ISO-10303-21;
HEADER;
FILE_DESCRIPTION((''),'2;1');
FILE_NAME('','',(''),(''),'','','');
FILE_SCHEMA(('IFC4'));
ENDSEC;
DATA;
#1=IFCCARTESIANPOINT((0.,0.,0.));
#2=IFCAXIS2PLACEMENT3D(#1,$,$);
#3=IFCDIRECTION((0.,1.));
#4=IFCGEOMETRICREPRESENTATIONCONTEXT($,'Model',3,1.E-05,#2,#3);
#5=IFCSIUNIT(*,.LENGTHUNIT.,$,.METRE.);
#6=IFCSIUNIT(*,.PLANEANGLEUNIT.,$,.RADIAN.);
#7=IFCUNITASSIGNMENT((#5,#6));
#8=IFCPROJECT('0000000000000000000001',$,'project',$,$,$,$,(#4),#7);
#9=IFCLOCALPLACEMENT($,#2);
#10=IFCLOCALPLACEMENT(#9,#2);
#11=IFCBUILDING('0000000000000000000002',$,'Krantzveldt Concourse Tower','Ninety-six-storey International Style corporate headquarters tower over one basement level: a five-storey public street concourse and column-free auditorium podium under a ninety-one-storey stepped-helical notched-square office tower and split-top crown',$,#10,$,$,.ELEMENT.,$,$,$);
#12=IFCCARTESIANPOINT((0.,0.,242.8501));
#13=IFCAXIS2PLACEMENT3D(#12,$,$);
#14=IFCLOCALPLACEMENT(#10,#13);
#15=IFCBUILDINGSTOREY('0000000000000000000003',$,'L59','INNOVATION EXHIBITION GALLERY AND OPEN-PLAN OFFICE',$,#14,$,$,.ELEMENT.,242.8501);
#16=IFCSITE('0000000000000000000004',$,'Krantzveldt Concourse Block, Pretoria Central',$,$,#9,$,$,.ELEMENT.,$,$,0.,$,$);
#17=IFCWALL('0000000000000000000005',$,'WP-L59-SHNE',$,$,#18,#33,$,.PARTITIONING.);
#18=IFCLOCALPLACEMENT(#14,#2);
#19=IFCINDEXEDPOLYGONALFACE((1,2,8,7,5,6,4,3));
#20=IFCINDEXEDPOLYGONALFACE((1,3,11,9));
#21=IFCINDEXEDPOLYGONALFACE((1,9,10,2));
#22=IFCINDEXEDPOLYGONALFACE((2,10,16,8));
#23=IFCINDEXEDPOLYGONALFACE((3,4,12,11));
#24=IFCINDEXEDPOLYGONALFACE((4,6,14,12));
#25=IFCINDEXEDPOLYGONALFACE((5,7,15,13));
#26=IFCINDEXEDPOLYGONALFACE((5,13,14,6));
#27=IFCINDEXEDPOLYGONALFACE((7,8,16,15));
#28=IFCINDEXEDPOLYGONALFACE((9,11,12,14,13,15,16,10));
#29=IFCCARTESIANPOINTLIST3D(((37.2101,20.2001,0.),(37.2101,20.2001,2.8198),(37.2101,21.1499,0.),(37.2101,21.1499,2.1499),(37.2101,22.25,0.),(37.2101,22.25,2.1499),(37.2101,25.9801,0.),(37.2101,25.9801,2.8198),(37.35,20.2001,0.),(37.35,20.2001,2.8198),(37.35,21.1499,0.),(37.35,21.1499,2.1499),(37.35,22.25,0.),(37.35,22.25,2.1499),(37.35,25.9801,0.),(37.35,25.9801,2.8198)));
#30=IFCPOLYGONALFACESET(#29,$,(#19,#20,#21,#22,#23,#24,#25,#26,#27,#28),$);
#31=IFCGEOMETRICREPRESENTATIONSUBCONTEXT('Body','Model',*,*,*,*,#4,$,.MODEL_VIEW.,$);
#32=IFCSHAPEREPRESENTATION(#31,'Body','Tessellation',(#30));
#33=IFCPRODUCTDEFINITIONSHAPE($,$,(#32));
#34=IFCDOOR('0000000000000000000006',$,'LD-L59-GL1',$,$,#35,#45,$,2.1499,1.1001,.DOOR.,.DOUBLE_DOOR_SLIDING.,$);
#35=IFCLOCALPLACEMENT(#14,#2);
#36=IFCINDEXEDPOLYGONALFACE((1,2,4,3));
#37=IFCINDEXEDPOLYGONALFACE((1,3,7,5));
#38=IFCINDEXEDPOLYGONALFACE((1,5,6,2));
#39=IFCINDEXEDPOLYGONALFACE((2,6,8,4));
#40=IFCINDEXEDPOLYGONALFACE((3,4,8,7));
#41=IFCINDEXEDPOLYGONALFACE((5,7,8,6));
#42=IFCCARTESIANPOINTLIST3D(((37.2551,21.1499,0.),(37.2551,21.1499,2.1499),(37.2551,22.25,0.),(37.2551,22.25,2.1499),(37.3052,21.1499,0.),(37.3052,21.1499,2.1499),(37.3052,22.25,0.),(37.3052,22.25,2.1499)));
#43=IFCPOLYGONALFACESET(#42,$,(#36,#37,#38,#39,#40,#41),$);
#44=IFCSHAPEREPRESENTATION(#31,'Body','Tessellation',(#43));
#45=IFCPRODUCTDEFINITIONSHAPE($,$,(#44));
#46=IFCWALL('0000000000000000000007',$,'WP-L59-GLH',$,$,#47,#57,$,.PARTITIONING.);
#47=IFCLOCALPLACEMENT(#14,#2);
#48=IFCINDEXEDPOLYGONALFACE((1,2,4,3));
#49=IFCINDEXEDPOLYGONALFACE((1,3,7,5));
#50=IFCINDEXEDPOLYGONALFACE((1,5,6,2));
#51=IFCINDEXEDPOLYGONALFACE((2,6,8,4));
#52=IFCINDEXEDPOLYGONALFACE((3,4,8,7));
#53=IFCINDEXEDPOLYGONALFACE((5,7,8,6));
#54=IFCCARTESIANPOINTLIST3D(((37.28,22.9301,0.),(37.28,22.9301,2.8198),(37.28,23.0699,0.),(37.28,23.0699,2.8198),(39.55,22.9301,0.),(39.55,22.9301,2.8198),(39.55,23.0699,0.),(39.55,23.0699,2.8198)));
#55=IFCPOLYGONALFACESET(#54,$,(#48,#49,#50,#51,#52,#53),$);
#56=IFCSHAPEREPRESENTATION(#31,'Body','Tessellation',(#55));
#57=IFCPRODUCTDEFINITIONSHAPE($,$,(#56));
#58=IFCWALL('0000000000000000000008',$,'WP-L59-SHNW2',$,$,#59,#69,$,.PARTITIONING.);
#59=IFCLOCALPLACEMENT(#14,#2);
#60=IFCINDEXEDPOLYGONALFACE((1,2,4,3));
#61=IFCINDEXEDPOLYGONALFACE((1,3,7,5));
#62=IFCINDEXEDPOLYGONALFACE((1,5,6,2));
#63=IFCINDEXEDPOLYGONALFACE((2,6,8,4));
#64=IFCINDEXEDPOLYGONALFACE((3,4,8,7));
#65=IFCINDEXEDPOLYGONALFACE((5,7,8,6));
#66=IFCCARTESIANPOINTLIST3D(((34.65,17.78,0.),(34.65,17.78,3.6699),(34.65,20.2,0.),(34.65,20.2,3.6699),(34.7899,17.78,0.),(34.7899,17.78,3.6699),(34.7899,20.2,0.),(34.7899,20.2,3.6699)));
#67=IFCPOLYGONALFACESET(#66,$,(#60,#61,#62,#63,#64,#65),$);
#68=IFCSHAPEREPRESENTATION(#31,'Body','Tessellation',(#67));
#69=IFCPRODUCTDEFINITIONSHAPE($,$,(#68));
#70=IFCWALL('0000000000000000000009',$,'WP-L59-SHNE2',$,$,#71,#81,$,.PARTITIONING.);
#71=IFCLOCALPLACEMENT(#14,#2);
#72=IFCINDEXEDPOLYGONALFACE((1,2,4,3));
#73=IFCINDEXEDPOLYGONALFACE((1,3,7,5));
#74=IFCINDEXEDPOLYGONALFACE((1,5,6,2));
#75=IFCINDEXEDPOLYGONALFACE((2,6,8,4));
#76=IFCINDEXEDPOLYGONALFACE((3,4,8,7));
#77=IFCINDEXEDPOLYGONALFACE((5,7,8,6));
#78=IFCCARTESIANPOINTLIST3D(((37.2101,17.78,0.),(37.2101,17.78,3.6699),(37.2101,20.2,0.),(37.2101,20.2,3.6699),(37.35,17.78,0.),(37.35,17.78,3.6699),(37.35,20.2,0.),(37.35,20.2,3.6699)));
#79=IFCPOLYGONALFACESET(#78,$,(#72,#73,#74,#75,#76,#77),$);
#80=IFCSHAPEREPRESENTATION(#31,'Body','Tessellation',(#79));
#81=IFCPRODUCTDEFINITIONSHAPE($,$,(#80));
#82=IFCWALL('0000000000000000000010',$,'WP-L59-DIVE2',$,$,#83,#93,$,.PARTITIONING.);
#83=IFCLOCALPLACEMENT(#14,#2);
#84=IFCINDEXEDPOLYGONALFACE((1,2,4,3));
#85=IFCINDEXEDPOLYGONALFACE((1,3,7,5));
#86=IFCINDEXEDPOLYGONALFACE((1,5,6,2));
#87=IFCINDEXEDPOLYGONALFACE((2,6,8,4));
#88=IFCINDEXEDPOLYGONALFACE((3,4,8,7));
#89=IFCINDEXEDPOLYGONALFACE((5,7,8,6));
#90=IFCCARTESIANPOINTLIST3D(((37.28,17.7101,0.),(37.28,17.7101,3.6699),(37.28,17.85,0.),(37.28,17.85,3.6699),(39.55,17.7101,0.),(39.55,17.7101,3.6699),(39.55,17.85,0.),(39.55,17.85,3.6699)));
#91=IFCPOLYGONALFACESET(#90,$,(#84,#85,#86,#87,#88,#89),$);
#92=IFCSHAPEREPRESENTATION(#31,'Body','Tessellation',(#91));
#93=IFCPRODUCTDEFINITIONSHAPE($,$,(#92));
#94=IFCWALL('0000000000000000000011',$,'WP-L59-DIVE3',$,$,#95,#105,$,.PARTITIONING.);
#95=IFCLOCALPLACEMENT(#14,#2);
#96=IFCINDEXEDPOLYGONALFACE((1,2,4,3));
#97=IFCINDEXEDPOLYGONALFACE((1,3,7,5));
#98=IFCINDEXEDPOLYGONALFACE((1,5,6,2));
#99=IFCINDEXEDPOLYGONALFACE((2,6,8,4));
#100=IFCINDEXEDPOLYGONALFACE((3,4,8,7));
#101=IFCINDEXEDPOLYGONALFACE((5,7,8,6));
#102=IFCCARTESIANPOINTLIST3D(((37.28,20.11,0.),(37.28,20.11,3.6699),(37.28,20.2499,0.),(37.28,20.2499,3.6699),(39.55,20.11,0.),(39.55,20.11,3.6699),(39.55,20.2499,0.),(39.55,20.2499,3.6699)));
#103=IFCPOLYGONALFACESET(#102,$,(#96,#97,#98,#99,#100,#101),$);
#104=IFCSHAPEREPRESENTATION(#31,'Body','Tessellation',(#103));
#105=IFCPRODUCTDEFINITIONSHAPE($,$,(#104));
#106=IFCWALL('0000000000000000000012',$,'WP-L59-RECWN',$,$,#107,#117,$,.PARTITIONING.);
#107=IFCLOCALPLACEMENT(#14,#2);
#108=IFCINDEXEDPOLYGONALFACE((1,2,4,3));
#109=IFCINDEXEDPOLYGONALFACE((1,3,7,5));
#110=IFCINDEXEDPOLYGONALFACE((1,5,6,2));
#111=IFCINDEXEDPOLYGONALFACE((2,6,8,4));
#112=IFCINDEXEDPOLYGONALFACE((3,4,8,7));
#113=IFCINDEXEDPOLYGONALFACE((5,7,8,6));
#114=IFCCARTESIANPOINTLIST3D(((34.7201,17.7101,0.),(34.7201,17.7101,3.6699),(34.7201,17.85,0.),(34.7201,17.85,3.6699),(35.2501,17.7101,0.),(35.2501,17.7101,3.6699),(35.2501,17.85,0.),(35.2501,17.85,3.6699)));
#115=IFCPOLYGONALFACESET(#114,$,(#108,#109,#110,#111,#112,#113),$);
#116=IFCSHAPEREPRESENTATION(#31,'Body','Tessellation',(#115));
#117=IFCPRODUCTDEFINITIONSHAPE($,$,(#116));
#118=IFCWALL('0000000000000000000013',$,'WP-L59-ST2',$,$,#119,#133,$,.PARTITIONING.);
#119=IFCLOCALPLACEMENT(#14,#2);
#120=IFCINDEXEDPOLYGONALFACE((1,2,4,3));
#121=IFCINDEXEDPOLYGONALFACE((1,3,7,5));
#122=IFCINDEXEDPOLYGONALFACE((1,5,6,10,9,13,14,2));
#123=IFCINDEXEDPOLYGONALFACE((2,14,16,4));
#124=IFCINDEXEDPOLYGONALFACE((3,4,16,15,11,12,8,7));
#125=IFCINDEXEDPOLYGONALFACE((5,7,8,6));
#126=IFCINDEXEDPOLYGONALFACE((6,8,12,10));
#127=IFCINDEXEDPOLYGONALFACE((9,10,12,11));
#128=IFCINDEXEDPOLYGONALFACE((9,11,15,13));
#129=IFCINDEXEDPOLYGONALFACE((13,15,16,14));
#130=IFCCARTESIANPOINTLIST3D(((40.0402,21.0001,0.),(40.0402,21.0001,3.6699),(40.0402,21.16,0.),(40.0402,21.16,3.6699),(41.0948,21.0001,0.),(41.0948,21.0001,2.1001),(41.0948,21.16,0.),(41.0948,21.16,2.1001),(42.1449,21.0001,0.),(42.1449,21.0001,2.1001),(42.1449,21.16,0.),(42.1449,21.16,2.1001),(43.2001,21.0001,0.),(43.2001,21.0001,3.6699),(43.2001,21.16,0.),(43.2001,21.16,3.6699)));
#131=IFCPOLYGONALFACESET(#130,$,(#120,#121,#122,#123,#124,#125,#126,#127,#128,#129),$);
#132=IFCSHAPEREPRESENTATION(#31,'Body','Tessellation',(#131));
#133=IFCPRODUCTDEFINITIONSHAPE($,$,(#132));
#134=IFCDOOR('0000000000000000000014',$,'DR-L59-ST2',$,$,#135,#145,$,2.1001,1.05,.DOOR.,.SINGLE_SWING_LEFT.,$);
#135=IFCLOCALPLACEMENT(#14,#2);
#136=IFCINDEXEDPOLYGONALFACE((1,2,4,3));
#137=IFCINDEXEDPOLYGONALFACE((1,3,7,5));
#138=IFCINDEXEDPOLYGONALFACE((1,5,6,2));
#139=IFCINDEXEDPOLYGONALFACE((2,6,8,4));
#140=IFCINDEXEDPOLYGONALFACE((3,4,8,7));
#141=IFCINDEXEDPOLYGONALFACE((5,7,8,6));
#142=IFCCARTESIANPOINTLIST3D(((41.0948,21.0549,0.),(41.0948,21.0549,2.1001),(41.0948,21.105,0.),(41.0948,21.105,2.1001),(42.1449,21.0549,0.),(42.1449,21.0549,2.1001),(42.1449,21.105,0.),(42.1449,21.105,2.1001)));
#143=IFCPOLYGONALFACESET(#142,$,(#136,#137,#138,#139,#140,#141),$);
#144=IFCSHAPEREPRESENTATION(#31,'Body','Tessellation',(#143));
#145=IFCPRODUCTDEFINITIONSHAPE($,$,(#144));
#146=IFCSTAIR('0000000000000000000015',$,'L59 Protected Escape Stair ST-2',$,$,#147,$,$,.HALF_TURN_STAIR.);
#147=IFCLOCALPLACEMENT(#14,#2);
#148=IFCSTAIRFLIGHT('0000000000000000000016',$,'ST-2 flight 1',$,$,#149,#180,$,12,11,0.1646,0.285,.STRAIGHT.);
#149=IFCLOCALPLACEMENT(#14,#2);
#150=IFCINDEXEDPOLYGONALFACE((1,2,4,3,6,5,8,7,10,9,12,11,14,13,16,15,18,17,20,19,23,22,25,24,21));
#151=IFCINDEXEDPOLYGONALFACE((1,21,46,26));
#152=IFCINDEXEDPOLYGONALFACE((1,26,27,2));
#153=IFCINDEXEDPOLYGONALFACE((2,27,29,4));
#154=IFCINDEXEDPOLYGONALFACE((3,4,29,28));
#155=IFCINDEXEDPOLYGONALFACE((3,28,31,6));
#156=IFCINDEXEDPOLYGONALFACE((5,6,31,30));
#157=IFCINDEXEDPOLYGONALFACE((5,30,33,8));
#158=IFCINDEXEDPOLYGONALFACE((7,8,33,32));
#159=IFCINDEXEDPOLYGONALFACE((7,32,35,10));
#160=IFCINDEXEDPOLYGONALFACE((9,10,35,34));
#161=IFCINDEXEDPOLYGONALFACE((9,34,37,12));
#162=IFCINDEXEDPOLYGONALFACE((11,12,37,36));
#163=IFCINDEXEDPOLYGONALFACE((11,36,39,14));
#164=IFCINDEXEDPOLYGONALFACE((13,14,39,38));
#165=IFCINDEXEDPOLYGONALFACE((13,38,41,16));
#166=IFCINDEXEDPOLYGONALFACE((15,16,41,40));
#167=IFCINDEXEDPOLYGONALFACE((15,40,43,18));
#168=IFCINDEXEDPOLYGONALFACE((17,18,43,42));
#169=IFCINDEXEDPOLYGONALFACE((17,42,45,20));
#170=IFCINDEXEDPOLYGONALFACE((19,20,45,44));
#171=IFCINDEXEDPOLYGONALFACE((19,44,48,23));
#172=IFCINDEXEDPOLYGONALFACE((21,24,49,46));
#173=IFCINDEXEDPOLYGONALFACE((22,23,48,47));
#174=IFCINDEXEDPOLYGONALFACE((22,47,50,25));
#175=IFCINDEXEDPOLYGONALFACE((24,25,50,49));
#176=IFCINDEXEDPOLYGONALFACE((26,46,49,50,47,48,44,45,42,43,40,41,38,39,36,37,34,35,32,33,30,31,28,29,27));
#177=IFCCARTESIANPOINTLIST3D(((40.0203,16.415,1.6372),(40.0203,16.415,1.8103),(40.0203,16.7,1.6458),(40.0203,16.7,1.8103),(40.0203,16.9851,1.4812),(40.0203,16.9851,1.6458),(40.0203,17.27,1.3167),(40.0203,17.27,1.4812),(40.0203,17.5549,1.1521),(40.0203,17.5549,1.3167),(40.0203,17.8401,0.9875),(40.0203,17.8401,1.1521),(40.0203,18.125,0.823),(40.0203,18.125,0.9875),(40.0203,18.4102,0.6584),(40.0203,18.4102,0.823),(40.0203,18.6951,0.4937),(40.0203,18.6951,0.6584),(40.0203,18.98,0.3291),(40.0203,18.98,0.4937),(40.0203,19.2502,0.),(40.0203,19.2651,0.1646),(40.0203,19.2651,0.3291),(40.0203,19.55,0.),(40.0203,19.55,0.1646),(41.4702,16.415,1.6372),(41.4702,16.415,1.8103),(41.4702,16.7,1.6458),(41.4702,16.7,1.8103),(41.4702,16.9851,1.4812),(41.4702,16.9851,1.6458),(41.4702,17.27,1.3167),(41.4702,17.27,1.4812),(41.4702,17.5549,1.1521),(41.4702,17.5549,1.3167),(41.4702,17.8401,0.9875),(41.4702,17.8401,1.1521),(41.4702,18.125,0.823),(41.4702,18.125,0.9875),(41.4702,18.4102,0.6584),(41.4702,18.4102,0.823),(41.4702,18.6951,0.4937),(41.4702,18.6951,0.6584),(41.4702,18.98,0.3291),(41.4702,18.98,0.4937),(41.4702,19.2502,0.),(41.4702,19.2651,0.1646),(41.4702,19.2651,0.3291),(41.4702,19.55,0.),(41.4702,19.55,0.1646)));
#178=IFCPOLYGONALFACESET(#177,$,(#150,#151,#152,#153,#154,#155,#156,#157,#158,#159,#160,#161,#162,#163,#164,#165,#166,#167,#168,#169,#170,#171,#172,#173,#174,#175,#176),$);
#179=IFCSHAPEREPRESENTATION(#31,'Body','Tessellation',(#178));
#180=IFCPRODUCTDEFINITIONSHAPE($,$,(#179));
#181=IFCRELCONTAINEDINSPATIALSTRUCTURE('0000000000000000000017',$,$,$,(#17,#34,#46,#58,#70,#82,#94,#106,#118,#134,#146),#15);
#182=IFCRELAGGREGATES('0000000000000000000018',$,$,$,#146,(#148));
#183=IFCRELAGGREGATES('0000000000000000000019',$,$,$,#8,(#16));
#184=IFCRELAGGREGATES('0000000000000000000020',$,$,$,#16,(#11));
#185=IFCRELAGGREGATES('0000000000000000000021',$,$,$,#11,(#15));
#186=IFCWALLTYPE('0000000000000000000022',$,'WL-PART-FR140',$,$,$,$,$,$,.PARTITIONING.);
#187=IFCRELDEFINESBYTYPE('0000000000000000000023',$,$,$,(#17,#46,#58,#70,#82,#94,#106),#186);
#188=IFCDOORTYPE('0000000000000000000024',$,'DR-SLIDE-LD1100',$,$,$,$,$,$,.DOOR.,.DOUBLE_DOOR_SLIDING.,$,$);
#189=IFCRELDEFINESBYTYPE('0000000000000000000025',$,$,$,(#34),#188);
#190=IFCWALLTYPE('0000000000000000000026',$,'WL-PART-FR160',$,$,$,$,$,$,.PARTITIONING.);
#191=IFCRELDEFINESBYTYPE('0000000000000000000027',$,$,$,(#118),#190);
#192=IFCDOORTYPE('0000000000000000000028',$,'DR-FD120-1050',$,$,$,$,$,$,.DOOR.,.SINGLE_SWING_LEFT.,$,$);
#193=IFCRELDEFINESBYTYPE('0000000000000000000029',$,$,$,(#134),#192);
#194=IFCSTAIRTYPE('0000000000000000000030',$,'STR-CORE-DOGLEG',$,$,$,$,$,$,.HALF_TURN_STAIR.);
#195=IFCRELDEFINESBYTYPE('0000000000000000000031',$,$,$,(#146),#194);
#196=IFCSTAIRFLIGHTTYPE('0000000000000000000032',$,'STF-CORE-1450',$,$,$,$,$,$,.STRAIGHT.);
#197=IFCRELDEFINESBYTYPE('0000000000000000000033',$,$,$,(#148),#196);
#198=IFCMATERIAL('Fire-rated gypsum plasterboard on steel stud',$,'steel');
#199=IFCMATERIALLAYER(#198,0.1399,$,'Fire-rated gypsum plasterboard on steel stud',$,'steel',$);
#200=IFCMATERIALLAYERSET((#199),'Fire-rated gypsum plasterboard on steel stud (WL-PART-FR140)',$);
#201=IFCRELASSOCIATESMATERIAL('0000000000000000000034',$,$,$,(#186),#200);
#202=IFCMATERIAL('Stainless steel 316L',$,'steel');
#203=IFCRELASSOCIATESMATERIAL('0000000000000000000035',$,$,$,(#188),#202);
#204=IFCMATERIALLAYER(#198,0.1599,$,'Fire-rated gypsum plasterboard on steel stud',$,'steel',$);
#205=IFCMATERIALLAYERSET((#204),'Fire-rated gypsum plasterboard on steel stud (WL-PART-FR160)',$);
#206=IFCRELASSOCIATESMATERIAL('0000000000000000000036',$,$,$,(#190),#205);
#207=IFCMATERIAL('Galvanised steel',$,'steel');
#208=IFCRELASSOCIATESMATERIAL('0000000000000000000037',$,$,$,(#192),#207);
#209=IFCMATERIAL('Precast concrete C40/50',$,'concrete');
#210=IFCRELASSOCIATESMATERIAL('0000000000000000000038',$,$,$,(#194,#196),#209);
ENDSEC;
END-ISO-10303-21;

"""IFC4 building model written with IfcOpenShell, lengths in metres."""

from ifc_helpers import new_model, si_unit, direction, frame, frame_2d, origin, place, context, subcontext, project, spatial, polyline, rectangle, outline, extrude, material, layer, layer_set, type_object, element, fill, aggregate, save


model = new_model("IFC4")

# Units and contexts
model_context = context("Model", 3, precision=1e-05, world=origin(), true_north=direction((0.0, 1.0)))
body_context = subcontext(model_context, "Body", "Model", "MODEL_VIEW")
ifc_project = project(units=[si_unit("LENGTHUNIT", "METRE"), si_unit("PLANEANGLEUNIT", "RADIAN")], contexts=[model_context])

# Site, building, storey
site_placement = place(None, origin())
site = spatial("IfcSite", under=ifc_project, at=site_placement, Name="Krantzveldt Concourse Block, Pretoria Central", CompositionType="ELEMENT", RefElevation=0.0)
building_placement = place(site_placement, origin())
building = spatial("IfcBuilding", under=site, at=building_placement, Name="Krantzveldt Concourse Tower", Description="Ninety-six-storey International Style corporate headquarters tower over one basement level: a five-storey public street concourse and column-free auditorium podium under a ninety-one-storey stepped-helical notched-square office tower and split-top crown", CompositionType="ELEMENT")
storey_placement = place(building_placement, frame((0.0, 0.0, 242.8501)))
storey = spatial("IfcBuildingStorey", under=building, at=storey_placement, Name="L59", Description="INNOVATION EXHIBITION GALLERY AND OPEN-PLAN OFFICE", CompositionType="ELEMENT", Elevation=242.8501)

# Wall, opening, door
ifc_material_1 = material(Name="Fire-rated gypsum plasterboard on steel stud", Category="steel")
ifc_layer_1 = layer(ifc_material_1, 0.1399, Name="Fire-rated gypsum plasterboard on steel stud", Category="steel")
ifc_layer_set_1 = layer_set([ifc_layer_1], Name="Fire-rated gypsum plasterboard on steel stud (WL-PART-FR140)")
wall_type_1 = type_object("IfcWallType", Name="WL-PART-FR140", PredefinedType="PARTITIONING", material=ifc_layer_set_1)
wall_1_placement = place(storey_placement, frame((37.28, 20.2, 0.0), z_axis=(0.0, 0.0, 1.0), x_axis=(0.0, 1.0, 0.0)))
wall_1 = element("IfcWall", 1, at=wall_1_placement, inside=storey, type_object=wall_type_1, Name="WP-L59-SHNE", PredefinedType="PARTITIONING", context=body_context, shape_type="SweptSolid", body=[
    extrude(rectangle(XDim=5.78, YDim=0.1399, at=frame_2d((2.8901, 0.0))), origin(), (0.0, 0.0, 1.0), 2.8198),
])
opening_1_placement = place(wall_1_placement, frame((0.95, 0.0, 0.0)))
opening_1 = element("IfcOpeningElement", 2, at=opening_1_placement, cuts=wall_1, PredefinedType="OPENING", context=body_context, shape_type="SweptSolid", body=[
    extrude(rectangle(XDim=1.1001, YDim=2.1499, at=frame_2d((0.55, 1.075))), frame((0.0, 0.0801, 0.0), z_axis=(0.0, -1.0, 0.0), x_axis=(1.0, 0.0, 0.0)), (0.0, 0.0, 1.0), 0.1599),
])
ifc_material_2 = material(Name="Stainless steel 316L", Category="steel")
door_type_1 = type_object("IfcDoorType", Name="DR-SLIDE-LD1100", OperationType="DOUBLE_DOOR_SLIDING", PredefinedType="DOOR", material=ifc_material_2)
door_1_placement = place(opening_1_placement, origin())
door_1 = element("IfcDoor", 3, at=door_1_placement, inside=storey, type_object=door_type_1, Name="LD-L59-GL1", OperationType="DOUBLE_DOOR_SLIDING", OverallHeight=2.1499, OverallWidth=1.1001, PredefinedType="DOOR", context=body_context, shape_type="SweptSolid", body=[
    extrude(rectangle(XDim=1.1001, YDim=2.1499, at=frame_2d((0.55, 1.075))), frame((0.0, 0.0249, 0.0), z_axis=(0.0, -1.0, 0.0), x_axis=(1.0, 0.0, 0.0)), (0.0, 0.0, 1.0), 0.05),
])
fill(opening_1, door_1)

# Walls
wall_2_placement = place(storey_placement, frame((37.28, 23.0, 0.0), z_axis=(0.0, 0.0, 1.0), x_axis=(1.0, 0.0, 0.0)))
element("IfcWall", 4, at=wall_2_placement, inside=storey, type_object=wall_type_1, Name="WP-L59-GLH", PredefinedType="PARTITIONING", context=body_context, shape_type="SweptSolid", body=[
    extrude(rectangle(XDim=2.27, YDim=0.1399, at=frame_2d((1.135, 0.0))), origin(), (0.0, 0.0, 1.0), 2.8198),
])
for number, where, z_axis, x_axis, name in (
    (5, (34.72, 17.78, 0.0), (0.0, 0.0, 1.0), (0.0, 1.0, 0.0), "WP-L59-SHNW2"),
    (6, (37.28, 17.78, 0.0), (0.0, 0.0, 1.0), (0.0, 1.0, 0.0), "WP-L59-SHNE2"),
):
    element("IfcWall", number, at=place(storey_placement, frame(where, z_axis=z_axis, x_axis=x_axis)), inside=storey, type_object=wall_type_1, Name=name, PredefinedType="PARTITIONING", context=body_context, shape_type="SweptSolid", body=[
        extrude(rectangle(XDim=2.4199, YDim=0.1399, at=frame_2d((1.21, 0.0))), origin(), (0.0, 0.0, 1.0), 3.6699),
    ])
for number, where, z_axis, x_axis, name in (
    (7, (37.28, 17.78, 0.0), (0.0, 0.0, 1.0), (1.0, 0.0, 0.0), "WP-L59-DIVE2"),
    (8, (37.28, 20.1799, 0.0), (0.0, 0.0, 1.0), (1.0, 0.0, 0.0), "WP-L59-DIVE3"),
):
    element("IfcWall", number, at=place(storey_placement, frame(where, z_axis=z_axis, x_axis=x_axis)), inside=storey, type_object=wall_type_1, Name=name, PredefinedType="PARTITIONING", context=body_context, shape_type="SweptSolid", body=[
        extrude(rectangle(XDim=2.27, YDim=0.1399, at=frame_2d((1.135, 0.0))), origin(), (0.0, 0.0, 1.0), 3.6699),
    ])
wall_3_placement = place(storey_placement, frame((34.72, 17.78, 0.0), z_axis=(0.0, 0.0, 1.0), x_axis=(1.0, 0.0, 0.0)))
element("IfcWall", 9, at=wall_3_placement, inside=storey, type_object=wall_type_1, Name="WP-L59-RECWN", PredefinedType="PARTITIONING", context=body_context, shape_type="SweptSolid", body=[
    extrude(rectangle(XDim=0.53, YDim=0.1399, at=frame_2d((0.2651, 0.0))), origin(), (0.0, 0.0, 1.0), 3.6699),
])

# Wall, opening, door
ifc_layer_2 = layer(ifc_material_1, 0.1599, Name="Fire-rated gypsum plasterboard on steel stud", Category="steel")
ifc_layer_set_2 = layer_set([ifc_layer_2], Name="Fire-rated gypsum plasterboard on steel stud (WL-PART-FR160)")
wall_type_2 = type_object("IfcWallType", Name="WL-PART-FR160", PredefinedType="PARTITIONING", material=ifc_layer_set_2)
wall_4_placement = place(storey_placement, frame((40.04, 21.0801, 0.0), z_axis=(0.0, 0.0, 1.0), x_axis=(1.0, 0.0, 0.0)))
wall_4 = element("IfcWall", 10, at=wall_4_placement, inside=storey, type_object=wall_type_2, Name="WP-L59-ST2", PredefinedType="PARTITIONING", context=body_context, shape_type="SweptSolid", body=[
    extrude(rectangle(XDim=3.1599, YDim=0.1599, at=frame_2d((1.5801, 0.0))), origin(), (0.0, 0.0, 1.0), 3.6699),
])
opening_2_placement = place(wall_4_placement, frame((1.0549, 0.0, 0.0)))
opening_2 = element("IfcOpeningElement", 11, at=opening_2_placement, cuts=wall_4, PredefinedType="OPENING", context=body_context, shape_type="SweptSolid", body=[
    extrude(rectangle(XDim=1.05, YDim=2.1001, at=frame_2d((0.5249, 1.05))), frame((0.0, 0.0898, 0.0), z_axis=(0.0, -1.0, 0.0), x_axis=(1.0, 0.0, 0.0)), (0.0, 0.0, 1.0), 0.1799),
])
ifc_material_3 = material(Name="Galvanised steel", Category="steel")
door_type_2 = type_object("IfcDoorType", Name="DR-FD120-1050", OperationType="SINGLE_SWING_LEFT", PredefinedType="DOOR", material=ifc_material_3)
door_2_placement = place(opening_2_placement, origin())
door_2 = element("IfcDoor", 12, at=door_2_placement, inside=storey, type_object=door_type_2, Name="DR-L59-ST2", OperationType="SINGLE_SWING_LEFT", OverallHeight=2.1001, OverallWidth=1.05, PredefinedType="DOOR", context=body_context, shape_type="SweptSolid", body=[
    extrude(rectangle(XDim=1.05, YDim=2.1001, at=frame_2d((0.5249, 1.05))), frame((0.0, 0.0249, 0.0), z_axis=(0.0, -1.0, 0.0), x_axis=(1.0, 0.0, 0.0)), (0.0, 0.0, 1.0), 0.05),
])
fill(opening_2, door_2)

# Stair, stair flight
ifc_material_4 = material(Name="Precast concrete C40/50", Category="concrete")
stair_type = type_object("IfcStairType", Name="STR-CORE-DOGLEG", PredefinedType="HALF_TURN_STAIR", material=ifc_material_4)
stair_placement = place(storey_placement, origin())
stair = element("IfcStair", 13, at=stair_placement, inside=storey, type_object=stair_type, Name="L59 Protected Escape Stair ST-2", PredefinedType="HALF_TURN_STAIR")
stair_flight_type = type_object("IfcStairFlightType", Name="STF-CORE-1450", PredefinedType="STRAIGHT", material=ifc_material_4)
stair_flight_1_placement = place(storey_placement, frame((40.7451, 19.55, 0.0), z_axis=(0.0, 0.0, 1.0), x_axis=(0.0, -1.0, 0.0)))
stair_flight_1 = element("IfcStairFlight", 14, at=stair_flight_1_placement, type_object=stair_flight_type, Name="ST-2 flight 1", NumberOfRisers=12, NumberOfTreads=11, PredefinedType="STRAIGHT", RiserHeight=0.1646, TreadLength=0.285, context=body_context, shape_type="SweptSolid", body=[
    extrude(outline(polyline([(0.0, 0.0), (0.0, 0.1646), (0.2849, 0.1646), (0.2849, 0.3291), (0.5701, 0.3291), (0.5701, 0.4937), (0.855, 0.4937), (0.855, 0.6584), (1.1399, 0.6584), (1.1399, 0.823), (1.425, 0.823), (1.425, 0.9875), (1.71, 0.9875), (1.71, 1.1521), (1.9951, 1.1521), (1.9951, 1.3167), (2.28, 1.3167), (2.28, 1.4812), (2.5649, 1.4812), (2.5649, 1.6458), (2.8501, 1.6458), (2.8501, 1.8103), (3.135, 1.8103), (3.135, 1.9751), (3.135, 1.6372), (0.2998, 0.0), (0.0, 0.0)])), frame((0.0, 0.7251, 0.0), z_axis=(0.0, -1.0, 0.0), x_axis=(1.0, 0.0, 0.0)), (0.0, 0.0, 1.0), 1.45),
])
aggregate(stair, [stair_flight_1])

save(model, "model.ifc")
